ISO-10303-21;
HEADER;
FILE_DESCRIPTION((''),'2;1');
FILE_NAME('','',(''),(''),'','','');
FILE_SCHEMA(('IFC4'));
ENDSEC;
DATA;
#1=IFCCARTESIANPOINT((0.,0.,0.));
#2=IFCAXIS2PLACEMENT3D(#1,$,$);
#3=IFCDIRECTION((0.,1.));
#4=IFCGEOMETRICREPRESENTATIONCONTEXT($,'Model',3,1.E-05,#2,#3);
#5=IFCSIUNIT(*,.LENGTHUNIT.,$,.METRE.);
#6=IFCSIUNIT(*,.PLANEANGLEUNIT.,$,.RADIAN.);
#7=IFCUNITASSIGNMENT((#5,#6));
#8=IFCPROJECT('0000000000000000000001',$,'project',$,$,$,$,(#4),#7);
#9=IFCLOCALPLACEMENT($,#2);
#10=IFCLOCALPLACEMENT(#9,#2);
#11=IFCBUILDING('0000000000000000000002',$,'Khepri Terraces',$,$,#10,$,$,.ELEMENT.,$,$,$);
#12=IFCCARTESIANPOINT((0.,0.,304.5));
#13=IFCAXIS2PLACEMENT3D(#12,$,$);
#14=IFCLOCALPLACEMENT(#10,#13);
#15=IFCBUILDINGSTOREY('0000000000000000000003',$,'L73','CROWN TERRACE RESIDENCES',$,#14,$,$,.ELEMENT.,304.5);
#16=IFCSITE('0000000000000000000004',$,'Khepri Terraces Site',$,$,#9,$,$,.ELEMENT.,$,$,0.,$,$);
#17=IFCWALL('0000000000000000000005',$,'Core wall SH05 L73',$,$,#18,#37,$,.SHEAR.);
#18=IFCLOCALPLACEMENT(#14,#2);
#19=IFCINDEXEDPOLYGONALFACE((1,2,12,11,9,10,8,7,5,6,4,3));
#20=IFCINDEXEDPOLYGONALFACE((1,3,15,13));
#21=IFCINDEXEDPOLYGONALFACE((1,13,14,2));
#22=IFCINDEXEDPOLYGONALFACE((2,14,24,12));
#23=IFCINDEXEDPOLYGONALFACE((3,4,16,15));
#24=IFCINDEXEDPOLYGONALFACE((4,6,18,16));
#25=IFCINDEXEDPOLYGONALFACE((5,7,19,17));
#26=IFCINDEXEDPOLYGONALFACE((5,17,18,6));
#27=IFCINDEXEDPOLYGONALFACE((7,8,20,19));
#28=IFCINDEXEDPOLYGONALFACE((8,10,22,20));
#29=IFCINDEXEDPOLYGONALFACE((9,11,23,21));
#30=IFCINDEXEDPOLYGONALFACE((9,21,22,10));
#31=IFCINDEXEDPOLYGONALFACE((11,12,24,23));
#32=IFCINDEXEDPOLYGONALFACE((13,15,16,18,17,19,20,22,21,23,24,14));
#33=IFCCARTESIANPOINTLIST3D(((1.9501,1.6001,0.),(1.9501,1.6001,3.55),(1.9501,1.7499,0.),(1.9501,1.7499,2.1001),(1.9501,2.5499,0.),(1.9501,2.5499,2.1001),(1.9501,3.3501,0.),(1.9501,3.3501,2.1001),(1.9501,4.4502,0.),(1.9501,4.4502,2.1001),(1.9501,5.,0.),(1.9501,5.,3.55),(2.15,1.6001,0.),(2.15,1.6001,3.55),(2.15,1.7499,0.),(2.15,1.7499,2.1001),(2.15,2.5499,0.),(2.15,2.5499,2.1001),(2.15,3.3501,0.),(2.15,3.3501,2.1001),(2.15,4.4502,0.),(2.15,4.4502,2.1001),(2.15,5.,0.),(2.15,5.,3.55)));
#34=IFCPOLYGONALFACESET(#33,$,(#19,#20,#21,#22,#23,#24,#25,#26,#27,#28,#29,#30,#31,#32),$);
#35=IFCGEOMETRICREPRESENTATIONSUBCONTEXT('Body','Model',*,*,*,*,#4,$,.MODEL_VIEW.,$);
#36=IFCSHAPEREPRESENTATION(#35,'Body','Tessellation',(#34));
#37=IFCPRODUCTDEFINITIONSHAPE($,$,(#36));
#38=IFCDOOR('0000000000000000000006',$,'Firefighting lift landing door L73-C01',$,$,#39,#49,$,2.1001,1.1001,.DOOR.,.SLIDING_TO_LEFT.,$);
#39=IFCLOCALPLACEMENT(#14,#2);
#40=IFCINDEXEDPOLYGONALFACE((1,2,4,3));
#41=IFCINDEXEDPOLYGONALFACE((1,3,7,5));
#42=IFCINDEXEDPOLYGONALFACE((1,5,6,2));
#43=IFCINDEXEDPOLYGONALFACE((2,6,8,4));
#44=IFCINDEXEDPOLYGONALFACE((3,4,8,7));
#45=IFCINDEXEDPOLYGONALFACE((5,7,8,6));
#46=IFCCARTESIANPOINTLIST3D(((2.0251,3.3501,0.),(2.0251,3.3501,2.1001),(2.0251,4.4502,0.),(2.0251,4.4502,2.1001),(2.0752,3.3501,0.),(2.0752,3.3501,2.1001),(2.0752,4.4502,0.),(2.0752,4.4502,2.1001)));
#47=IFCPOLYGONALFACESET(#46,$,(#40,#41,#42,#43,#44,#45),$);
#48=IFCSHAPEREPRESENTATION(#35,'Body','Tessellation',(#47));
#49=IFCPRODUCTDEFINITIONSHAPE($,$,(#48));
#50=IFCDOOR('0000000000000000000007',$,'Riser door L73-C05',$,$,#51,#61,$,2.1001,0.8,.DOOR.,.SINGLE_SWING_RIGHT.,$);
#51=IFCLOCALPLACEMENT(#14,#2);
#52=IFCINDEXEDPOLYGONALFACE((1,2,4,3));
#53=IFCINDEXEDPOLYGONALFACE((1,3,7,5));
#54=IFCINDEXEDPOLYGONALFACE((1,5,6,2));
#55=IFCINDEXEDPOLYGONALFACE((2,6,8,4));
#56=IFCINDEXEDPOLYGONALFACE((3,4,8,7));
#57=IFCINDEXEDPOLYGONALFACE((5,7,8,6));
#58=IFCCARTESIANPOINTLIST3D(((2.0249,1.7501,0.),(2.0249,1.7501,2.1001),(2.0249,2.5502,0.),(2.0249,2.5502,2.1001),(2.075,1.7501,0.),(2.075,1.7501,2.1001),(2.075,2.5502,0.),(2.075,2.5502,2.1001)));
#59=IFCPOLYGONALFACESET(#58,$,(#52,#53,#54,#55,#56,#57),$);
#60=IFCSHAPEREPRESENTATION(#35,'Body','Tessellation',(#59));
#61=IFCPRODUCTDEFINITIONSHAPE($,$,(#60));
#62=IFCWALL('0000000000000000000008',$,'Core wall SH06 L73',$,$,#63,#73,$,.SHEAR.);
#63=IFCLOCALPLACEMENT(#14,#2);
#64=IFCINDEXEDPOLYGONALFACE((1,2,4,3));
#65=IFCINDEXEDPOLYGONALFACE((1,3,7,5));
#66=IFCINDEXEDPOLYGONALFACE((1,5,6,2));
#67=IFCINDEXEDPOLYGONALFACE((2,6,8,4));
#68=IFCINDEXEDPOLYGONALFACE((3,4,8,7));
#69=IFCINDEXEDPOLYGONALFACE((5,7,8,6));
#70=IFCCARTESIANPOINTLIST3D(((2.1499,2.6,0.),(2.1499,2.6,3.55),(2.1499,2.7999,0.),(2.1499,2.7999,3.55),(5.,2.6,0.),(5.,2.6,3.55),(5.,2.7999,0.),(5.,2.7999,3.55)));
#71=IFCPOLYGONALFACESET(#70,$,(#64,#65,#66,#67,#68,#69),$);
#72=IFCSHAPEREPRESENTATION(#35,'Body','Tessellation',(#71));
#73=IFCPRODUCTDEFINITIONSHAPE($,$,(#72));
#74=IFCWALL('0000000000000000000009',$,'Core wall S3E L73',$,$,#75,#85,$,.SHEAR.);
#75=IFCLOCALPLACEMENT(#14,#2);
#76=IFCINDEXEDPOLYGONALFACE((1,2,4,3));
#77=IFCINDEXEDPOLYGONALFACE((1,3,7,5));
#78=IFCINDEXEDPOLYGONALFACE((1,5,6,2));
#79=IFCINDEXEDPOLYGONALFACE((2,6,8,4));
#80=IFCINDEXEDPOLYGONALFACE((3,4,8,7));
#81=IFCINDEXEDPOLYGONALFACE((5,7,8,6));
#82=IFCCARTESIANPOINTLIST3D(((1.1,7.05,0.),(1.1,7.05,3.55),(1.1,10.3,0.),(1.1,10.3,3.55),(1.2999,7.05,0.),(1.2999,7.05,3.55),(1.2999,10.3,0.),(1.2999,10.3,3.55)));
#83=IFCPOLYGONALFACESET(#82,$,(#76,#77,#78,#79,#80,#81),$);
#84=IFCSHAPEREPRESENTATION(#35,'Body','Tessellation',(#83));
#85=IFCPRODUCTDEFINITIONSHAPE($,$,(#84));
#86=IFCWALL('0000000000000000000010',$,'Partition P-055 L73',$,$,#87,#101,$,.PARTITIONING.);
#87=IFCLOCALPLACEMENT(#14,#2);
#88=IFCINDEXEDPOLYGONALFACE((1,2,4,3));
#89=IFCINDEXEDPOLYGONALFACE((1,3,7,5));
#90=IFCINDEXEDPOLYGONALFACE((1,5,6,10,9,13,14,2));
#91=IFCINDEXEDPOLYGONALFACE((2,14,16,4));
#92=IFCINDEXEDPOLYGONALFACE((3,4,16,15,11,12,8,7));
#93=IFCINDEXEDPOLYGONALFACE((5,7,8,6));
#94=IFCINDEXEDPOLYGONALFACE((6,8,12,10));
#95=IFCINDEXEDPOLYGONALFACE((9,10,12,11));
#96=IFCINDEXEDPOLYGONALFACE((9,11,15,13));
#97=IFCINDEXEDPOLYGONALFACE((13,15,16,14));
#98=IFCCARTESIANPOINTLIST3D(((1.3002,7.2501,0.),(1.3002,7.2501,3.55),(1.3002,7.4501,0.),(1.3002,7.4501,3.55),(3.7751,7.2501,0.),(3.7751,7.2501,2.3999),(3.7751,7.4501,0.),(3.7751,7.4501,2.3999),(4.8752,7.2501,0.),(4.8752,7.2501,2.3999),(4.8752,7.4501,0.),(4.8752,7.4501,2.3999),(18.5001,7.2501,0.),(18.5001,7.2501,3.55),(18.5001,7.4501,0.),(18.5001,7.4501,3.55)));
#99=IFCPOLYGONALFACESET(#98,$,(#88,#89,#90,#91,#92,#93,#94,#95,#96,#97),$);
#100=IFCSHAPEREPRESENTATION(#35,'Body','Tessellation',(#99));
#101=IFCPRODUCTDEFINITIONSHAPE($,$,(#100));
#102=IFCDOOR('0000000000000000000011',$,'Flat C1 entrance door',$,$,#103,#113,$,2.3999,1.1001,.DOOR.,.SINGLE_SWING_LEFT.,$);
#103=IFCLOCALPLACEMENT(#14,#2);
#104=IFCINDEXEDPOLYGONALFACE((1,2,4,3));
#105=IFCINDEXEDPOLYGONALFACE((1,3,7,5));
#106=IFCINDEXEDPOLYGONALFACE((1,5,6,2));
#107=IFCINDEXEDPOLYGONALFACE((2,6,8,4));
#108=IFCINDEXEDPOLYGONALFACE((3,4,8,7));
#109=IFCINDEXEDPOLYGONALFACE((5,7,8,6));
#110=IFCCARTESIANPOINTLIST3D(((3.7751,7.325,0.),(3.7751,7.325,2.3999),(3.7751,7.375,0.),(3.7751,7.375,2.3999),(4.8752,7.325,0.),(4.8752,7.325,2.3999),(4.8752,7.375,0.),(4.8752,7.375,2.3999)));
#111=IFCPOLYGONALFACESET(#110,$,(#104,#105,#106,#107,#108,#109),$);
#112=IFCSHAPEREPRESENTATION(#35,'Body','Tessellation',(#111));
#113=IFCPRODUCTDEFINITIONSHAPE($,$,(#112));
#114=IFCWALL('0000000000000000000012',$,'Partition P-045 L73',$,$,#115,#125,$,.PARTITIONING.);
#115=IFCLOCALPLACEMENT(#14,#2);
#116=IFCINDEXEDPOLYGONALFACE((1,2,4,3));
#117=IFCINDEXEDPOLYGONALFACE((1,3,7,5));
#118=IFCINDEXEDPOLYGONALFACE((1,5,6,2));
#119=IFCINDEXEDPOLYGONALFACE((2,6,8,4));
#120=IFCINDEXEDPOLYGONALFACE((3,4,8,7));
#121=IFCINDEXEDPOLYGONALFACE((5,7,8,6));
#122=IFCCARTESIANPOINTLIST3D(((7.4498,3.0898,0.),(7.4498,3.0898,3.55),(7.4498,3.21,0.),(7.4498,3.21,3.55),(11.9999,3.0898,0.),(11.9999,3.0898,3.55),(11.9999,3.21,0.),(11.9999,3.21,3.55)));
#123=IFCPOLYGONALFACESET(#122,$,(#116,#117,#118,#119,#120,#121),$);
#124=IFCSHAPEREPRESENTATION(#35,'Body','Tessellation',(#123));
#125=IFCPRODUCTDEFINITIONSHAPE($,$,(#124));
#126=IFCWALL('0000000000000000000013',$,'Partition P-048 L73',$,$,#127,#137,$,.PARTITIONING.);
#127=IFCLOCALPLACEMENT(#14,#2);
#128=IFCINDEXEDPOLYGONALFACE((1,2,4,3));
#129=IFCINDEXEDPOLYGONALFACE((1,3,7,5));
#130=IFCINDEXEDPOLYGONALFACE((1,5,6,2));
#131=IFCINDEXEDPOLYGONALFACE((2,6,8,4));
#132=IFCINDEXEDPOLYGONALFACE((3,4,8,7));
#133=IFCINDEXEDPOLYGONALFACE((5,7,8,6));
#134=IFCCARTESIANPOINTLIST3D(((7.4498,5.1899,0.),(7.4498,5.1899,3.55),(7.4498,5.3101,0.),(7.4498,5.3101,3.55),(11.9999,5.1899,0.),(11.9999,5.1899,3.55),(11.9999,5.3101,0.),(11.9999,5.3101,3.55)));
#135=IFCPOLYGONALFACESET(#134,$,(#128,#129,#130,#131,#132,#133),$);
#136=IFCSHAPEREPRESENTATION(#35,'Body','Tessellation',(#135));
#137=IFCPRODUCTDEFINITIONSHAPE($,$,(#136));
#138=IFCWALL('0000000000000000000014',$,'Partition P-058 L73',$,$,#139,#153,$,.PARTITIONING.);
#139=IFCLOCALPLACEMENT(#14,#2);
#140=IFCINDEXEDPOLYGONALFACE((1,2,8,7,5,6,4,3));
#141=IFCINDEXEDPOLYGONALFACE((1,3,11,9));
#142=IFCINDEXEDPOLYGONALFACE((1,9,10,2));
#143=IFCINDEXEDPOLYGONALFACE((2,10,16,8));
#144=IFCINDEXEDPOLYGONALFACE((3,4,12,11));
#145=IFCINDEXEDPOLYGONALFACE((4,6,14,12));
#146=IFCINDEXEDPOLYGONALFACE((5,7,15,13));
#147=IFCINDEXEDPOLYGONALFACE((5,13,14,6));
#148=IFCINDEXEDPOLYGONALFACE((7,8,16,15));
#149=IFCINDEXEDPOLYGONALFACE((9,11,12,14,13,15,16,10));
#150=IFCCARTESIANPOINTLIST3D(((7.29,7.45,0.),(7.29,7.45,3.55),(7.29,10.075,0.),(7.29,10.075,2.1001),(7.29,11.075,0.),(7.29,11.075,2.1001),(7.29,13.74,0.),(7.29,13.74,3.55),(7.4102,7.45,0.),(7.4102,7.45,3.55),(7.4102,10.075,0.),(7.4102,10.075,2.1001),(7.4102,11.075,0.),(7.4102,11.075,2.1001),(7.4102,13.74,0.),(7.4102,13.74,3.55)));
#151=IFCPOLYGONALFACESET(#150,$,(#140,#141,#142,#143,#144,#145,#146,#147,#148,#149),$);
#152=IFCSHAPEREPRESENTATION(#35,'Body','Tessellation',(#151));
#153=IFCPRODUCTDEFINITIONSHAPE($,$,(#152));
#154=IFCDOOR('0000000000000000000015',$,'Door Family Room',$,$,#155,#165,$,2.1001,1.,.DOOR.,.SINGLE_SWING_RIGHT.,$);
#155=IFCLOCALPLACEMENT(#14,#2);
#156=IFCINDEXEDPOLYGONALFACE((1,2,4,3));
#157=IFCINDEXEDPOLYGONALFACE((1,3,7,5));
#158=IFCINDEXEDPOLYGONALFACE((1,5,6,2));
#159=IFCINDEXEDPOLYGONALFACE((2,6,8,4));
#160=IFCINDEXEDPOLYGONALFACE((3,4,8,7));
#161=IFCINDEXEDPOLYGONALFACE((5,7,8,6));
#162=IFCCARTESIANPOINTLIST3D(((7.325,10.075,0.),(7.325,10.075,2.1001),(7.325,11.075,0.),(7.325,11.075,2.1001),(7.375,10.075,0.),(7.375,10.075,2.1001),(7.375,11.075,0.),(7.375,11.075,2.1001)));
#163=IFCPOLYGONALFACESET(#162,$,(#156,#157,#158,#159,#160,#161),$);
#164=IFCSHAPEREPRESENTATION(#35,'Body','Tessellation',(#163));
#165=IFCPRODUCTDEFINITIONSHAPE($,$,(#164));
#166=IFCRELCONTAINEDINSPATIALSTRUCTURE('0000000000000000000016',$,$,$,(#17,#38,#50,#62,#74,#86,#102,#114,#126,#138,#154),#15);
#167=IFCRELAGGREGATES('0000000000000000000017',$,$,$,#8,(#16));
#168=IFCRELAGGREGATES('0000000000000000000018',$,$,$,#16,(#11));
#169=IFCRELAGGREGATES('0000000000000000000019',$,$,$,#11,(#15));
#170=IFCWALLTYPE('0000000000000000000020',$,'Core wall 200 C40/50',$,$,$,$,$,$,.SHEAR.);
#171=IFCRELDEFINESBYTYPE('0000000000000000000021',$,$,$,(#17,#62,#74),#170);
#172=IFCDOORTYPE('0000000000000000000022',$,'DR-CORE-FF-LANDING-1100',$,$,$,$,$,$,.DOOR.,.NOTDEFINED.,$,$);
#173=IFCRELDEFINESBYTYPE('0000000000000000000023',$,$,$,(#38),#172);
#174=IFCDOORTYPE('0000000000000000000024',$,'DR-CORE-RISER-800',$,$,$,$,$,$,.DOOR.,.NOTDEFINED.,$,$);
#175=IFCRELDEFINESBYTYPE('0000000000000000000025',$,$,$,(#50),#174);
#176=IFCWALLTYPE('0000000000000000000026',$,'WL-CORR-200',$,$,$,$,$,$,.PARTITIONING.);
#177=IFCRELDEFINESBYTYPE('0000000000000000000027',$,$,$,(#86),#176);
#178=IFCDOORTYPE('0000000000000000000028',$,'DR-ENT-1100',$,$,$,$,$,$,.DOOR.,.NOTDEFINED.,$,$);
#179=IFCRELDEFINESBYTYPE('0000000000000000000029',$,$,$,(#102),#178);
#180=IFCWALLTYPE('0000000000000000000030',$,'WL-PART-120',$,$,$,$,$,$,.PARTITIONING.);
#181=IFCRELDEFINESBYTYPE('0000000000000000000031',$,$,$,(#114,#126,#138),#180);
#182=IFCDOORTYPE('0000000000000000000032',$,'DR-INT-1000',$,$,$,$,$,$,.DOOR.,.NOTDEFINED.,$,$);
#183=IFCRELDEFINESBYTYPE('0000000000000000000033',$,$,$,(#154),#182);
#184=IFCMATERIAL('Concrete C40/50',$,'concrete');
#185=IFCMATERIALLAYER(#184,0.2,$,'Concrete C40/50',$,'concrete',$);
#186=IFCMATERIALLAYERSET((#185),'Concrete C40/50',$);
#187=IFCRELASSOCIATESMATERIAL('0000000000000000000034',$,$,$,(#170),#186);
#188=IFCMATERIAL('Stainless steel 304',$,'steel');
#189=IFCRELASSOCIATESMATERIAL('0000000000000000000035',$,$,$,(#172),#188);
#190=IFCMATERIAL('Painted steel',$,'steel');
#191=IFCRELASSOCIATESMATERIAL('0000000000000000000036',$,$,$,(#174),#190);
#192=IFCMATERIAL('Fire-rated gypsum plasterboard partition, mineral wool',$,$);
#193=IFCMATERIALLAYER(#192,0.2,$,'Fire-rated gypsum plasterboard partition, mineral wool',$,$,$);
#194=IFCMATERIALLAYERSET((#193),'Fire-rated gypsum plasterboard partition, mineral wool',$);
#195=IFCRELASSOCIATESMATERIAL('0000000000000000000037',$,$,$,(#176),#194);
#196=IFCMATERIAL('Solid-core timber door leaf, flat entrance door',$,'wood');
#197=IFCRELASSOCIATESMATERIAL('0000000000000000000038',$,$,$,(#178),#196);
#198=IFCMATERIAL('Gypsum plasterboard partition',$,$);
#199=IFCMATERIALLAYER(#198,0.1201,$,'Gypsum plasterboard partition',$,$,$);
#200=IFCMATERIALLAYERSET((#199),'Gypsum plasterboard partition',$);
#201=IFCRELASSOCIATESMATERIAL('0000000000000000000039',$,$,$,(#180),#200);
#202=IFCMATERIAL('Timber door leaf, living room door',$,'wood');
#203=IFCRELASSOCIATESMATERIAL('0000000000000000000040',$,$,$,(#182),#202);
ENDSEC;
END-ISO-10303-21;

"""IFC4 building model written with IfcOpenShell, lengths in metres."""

from ifc_helpers import new_model, si_unit, direction, frame, frame_2d, origin, place, context, subcontext, project, spatial, rectangle, extrude, material, layer, layer_set, type_object, element, fill, save


model = new_model("IFC4")

# Units and contexts
model_context = context("Model", 3, precision=1e-05, world=origin(), true_north=direction((0.0, 1.0)))
body_context = subcontext(model_context, "Body", "Model", "MODEL_VIEW")
ifc_project = project(units=[si_unit("LENGTHUNIT", "METRE"), si_unit("PLANEANGLEUNIT", "RADIAN")], contexts=[model_context])

# Site, building, storey
site_placement = place(None, origin())
site = spatial("IfcSite", under=ifc_project, at=site_placement, Name="Khepri Terraces Site", CompositionType="ELEMENT", RefElevation=0.0)
building_placement = place(site_placement, origin())
building = spatial("IfcBuilding", under=site, at=building_placement, Name="Khepri Terraces", CompositionType="ELEMENT")
storey_placement = place(building_placement, frame((0.0, 0.0, 304.5)))
storey = spatial("IfcBuildingStorey", under=building, at=storey_placement, Name="L73", Description="CROWN TERRACE RESIDENCES", CompositionType="ELEMENT", Elevation=304.5)

# Wall, openings, doors
ifc_material_1 = material(Name="Concrete C40/50", Category="concrete")
ifc_layer_1 = layer(ifc_material_1, 0.2, Name="Concrete C40/50", Category="concrete")
ifc_layer_set_1 = layer_set([ifc_layer_1], Name="Concrete C40/50")
wall_type_1 = type_object("IfcWallType", Name="Core wall 200 C40/50", PredefinedType="SHEAR", material=ifc_layer_set_1)
wall_1_placement = place(storey_placement, frame((2.05, 1.6001, 0.0), z_axis=(0.0, 0.0, 1.0), x_axis=(0.0, 1.0, 0.0)))
wall_1 = element("IfcWall", 1, at=wall_1_placement, inside=storey, type_object=wall_type_1, Name="Core wall SH05 L73", PredefinedType="SHEAR", context=body_context, shape_type="SweptSolid", body=[
    extrude(rectangle(XDim=3.3999, YDim=0.2, at=frame_2d((1.7, 0.0))), origin(), (0.0, 0.0, 1.0), 3.55),
])
opening_1_placement = place(wall_1_placement, frame((1.75, 0.0, 0.0)))
opening_1 = element("IfcOpeningElement", 2, at=opening_1_placement, cuts=wall_1, PredefinedType="OPENING", context=body_context, shape_type="SweptSolid", body=[
    extrude(rectangle(XDim=1.1001, YDim=2.1001, at=frame_2d((0.55, 1.05))), frame((0.0, 0.1099, 0.0), z_axis=(0.0, -1.0, 0.0), x_axis=(1.0, 0.0, 0.0)), (0.0, 0.0, 1.0), 0.22),
])
opening_2_placement = place(wall_1_placement, frame((0.1499, 0.0, 0.0)))
opening_2 = element("IfcOpeningElement", 3, at=opening_2_placement, cuts=wall_1, PredefinedType="OPENING", context=body_context, shape_type="SweptSolid", body=[
    extrude(rectangle(XDim=0.8, YDim=2.1001, at=frame_2d((0.3999, 1.05))), frame((0.0, 0.1099, 0.0), z_axis=(0.0, -1.0, 0.0), x_axis=(1.0, 0.0, 0.0)), (0.0, 0.0, 1.0), 0.22),
])
ifc_material_2 = material(Name="Stainless steel 304", Category="steel")
door_type_1 = type_object("IfcDoorType", Name="DR-CORE-FF-LANDING-1100", OperationType="NOTDEFINED", PredefinedType="DOOR", material=ifc_material_2)
door_1_placement = place(opening_1_placement, origin())
door_1 = element("IfcDoor", 4, at=door_1_placement, inside=storey, type_object=door_type_1, Name="Firefighting lift landing door L73-C01", OperationType="SLIDING_TO_LEFT", OverallHeight=2.1001, OverallWidth=1.1001, PredefinedType="DOOR", context=body_context, shape_type="SweptSolid", body=[
    extrude(rectangle(XDim=1.1001, YDim=2.1001, at=frame_2d((0.55, 1.05))), frame((0.0, 0.0249, 0.0), z_axis=(0.0, -1.0, 0.0), x_axis=(1.0, 0.0, 0.0)), (0.0, 0.0, 1.0), 0.05),
])
fill(opening_1, door_1)
ifc_material_3 = material(Name="Painted steel", Category="steel")
door_type_2 = type_object("IfcDoorType", Name="DR-CORE-RISER-800", OperationType="NOTDEFINED", PredefinedType="DOOR", material=ifc_material_3)
door_2_placement = place(opening_2_placement, frame((0.8, 0.0, 0.0), z_axis=(0.0, 0.0, 1.0), x_axis=(-1.0, 0.0, 0.0)))
door_2 = element("IfcDoor", 5, at=door_2_placement, inside=storey, type_object=door_type_2, Name="Riser door L73-C05", OperationType="SINGLE_SWING_RIGHT", OverallHeight=2.1001, OverallWidth=0.8, PredefinedType="DOOR", context=body_context, shape_type="SweptSolid", body=[
    extrude(rectangle(XDim=0.8, YDim=2.1001, at=frame_2d((0.3999, 1.05))), frame((0.0, 0.0249, 0.0), z_axis=(0.0, -1.0, 0.0), x_axis=(1.0, 0.0, 0.0)), (0.0, 0.0, 1.0), 0.05),
])
fill(opening_2, door_2)

# Walls
wall_2_placement = place(storey_placement, frame((2.1499, 2.7, 0.0), z_axis=(0.0, 0.0, 1.0), x_axis=(1.0, 0.0, 0.0)))
element("IfcWall", 6, at=wall_2_placement, inside=storey, type_object=wall_type_1, Name="Core wall SH06 L73", PredefinedType="SHEAR", context=body_context, shape_type="SweptSolid", body=[
    extrude(rectangle(XDim=2.8501, YDim=0.2, at=frame_2d((1.425, 0.0))), origin(), (0.0, 0.0, 1.0), 3.55),
])
wall_3_placement = place(storey_placement, frame((1.2, 7.05, 0.0), z_axis=(0.0, 0.0, 1.0), x_axis=(0.0, 1.0, 0.0)))
element("IfcWall", 7, at=wall_3_placement, inside=storey, type_object=wall_type_1, Name="Core wall S3E L73", PredefinedType="SHEAR", context=body_context, shape_type="SweptSolid", body=[
    extrude(rectangle(XDim=3.25, YDim=0.2, at=frame_2d((1.625, 0.0))), origin(), (0.0, 0.0, 1.0), 3.55),
])

# Wall, opening, door
ifc_material_4 = material(Name="Fire-rated gypsum plasterboard partition, mineral wool")
ifc_layer_2 = layer(ifc_material_4, 0.2, Name="Fire-rated gypsum plasterboard partition, mineral wool")
ifc_layer_set_2 = layer_set([ifc_layer_2], Name="Fire-rated gypsum plasterboard partition, mineral wool")
wall_type_2 = type_object("IfcWallType", Name="WL-CORR-200", PredefinedType="PARTITIONING", material=ifc_layer_set_2)
wall_4_placement = place(storey_placement, frame((1.3, 7.3501, 0.0), z_axis=(0.0, 0.0, 1.0), x_axis=(1.0, 0.0, 0.0)))
wall_4 = element("IfcWall", 8, at=wall_4_placement, inside=storey, type_object=wall_type_2, Name="Partition P-055 L73", PredefinedType="PARTITIONING", context=body_context, shape_type="SweptSolid", body=[
    extrude(rectangle(XDim=17.2, YDim=0.2, at=frame_2d((8.6001, 0.0))), origin(), (0.0, 0.0, 1.0), 3.55),
])
opening_3_placement = place(wall_4_placement, frame((2.4751, 0.0, 0.0)))
opening_3 = element("IfcOpeningElement", 9, at=opening_3_placement, cuts=wall_4, PredefinedType="OPENING", context=body_context, shape_type="SweptSolid", body=[
    extrude(rectangle(XDim=1.1001, YDim=2.3999, at=frame_2d((0.55, 1.2))), frame((0.0, 0.1099, 0.0), z_axis=(0.0, -1.0, 0.0), x_axis=(1.0, 0.0, 0.0)), (0.0, 0.0, 1.0), 0.22),
])
ifc_material_5 = material(Name="Solid-core timber door leaf, flat entrance door", Category="wood")
door_type_3 = type_object("IfcDoorType", Name="DR-ENT-1100", OperationType="NOTDEFINED", PredefinedType="DOOR", material=ifc_material_5)
door_3_placement = place(opening_3_placement, origin())
door_3 = element("IfcDoor", 10, at=door_3_placement, inside=storey, type_object=door_type_3, Name="Flat C1 entrance door", OperationType="SINGLE_SWING_LEFT", OverallHeight=2.3999, OverallWidth=1.1001, PredefinedType="DOOR", context=body_context, shape_type="SweptSolid", body=[
    extrude(rectangle(XDim=1.1001, YDim=2.3999, at=frame_2d((0.55, 1.2))), frame((0.0, 0.0249, 0.0), z_axis=(0.0, -1.0, 0.0), x_axis=(1.0, 0.0, 0.0)), (0.0, 0.0, 1.0), 0.05),
])
fill(opening_3, door_3)

# Walls
ifc_material_6 = material(Name="Gypsum plasterboard partition")
ifc_layer_3 = layer(ifc_material_6, 0.1201, Name="Gypsum plasterboard partition")
ifc_layer_set_3 = layer_set([ifc_layer_3], Name="Gypsum plasterboard partition")
wall_type_3 = type_object("IfcWallType", Name="WL-PART-120", PredefinedType="PARTITIONING", material=ifc_layer_set_3)
for number, where, z_axis, x_axis, name in (
    (11, (7.45, 3.1499, 0.0), (0.0, 0.0, 1.0), (1.0, 0.0, 0.0), "Partition P-045 L73"),
    (12, (7.45, 5.25, 0.0), (0.0, 0.0, 1.0), (1.0, 0.0, 0.0), "Partition P-048 L73"),
):
    element("IfcWall", number, at=place(storey_placement, frame(where, z_axis=z_axis, x_axis=x_axis)), inside=storey, type_object=wall_type_3, Name=name, PredefinedType="PARTITIONING", context=body_context, shape_type="SweptSolid", body=[
        extrude(rectangle(XDim=4.55, YDim=0.1201, at=frame_2d((2.2749, 0.0))), origin(), (0.0, 0.0, 1.0), 3.55),
    ])

# Wall, opening, door
wall_5_placement = place(storey_placement, frame((7.3501, 7.45, 0.0), z_axis=(0.0, 0.0, 1.0), x_axis=(0.0, 1.0, 0.0)))
wall_5 = element("IfcWall", 13, at=wall_5_placement, inside=storey, type_object=wall_type_3, Name="Partition P-058 L73", PredefinedType="PARTITIONING", context=body_context, shape_type="SweptSolid", body=[
    extrude(rectangle(XDim=6.29, YDim=0.1201, at=frame_2d((3.145, 0.0))), origin(), (0.0, 0.0, 1.0), 3.55),
])
opening_4_placement = place(wall_5_placement, frame((2.625, 0.0, 0.0)))
opening_4 = element("IfcOpeningElement", 14, at=opening_4_placement, cuts=wall_5, PredefinedType="OPENING", context=body_context, shape_type="SweptSolid", body=[
    extrude(rectangle(XDim=1.0, YDim=2.1001, at=frame_2d((0.5, 1.05))), frame((0.0, 0.0701, 0.0), z_axis=(0.0, -1.0, 0.0), x_axis=(1.0, 0.0, 0.0)), (0.0, 0.0, 1.0), 0.1401),
])
ifc_material_7 = material(Name="Timber door leaf, living room door", Category="wood")
door_type_4 = type_object("IfcDoorType", Name="DR-INT-1000", OperationType="NOTDEFINED", PredefinedType="DOOR", material=ifc_material_7)
door_4_placement = place(opening_4_placement, frame((1.0, 0.0, 0.0), z_axis=(0.0, 0.0, 1.0), x_axis=(-1.0, 0.0, 0.0)))
door_4 = element("IfcDoor", 15, at=door_4_placement, inside=storey, type_object=door_type_4, Name="Door Family Room", OperationType="SINGLE_SWING_RIGHT", OverallHeight=2.1001, OverallWidth=1.0, PredefinedType="DOOR", context=body_context, shape_type="SweptSolid", body=[
    extrude(rectangle(XDim=1.0, YDim=2.1001, at=frame_2d((0.5, 1.05))), frame((0.0, 0.0249, 0.0), z_axis=(0.0, -1.0, 0.0), x_axis=(1.0, 0.0, 0.0)), (0.0, 0.0, 1.0), 0.05),
])
fill(opening_4, door_4)

save(model, "model.ifc")
